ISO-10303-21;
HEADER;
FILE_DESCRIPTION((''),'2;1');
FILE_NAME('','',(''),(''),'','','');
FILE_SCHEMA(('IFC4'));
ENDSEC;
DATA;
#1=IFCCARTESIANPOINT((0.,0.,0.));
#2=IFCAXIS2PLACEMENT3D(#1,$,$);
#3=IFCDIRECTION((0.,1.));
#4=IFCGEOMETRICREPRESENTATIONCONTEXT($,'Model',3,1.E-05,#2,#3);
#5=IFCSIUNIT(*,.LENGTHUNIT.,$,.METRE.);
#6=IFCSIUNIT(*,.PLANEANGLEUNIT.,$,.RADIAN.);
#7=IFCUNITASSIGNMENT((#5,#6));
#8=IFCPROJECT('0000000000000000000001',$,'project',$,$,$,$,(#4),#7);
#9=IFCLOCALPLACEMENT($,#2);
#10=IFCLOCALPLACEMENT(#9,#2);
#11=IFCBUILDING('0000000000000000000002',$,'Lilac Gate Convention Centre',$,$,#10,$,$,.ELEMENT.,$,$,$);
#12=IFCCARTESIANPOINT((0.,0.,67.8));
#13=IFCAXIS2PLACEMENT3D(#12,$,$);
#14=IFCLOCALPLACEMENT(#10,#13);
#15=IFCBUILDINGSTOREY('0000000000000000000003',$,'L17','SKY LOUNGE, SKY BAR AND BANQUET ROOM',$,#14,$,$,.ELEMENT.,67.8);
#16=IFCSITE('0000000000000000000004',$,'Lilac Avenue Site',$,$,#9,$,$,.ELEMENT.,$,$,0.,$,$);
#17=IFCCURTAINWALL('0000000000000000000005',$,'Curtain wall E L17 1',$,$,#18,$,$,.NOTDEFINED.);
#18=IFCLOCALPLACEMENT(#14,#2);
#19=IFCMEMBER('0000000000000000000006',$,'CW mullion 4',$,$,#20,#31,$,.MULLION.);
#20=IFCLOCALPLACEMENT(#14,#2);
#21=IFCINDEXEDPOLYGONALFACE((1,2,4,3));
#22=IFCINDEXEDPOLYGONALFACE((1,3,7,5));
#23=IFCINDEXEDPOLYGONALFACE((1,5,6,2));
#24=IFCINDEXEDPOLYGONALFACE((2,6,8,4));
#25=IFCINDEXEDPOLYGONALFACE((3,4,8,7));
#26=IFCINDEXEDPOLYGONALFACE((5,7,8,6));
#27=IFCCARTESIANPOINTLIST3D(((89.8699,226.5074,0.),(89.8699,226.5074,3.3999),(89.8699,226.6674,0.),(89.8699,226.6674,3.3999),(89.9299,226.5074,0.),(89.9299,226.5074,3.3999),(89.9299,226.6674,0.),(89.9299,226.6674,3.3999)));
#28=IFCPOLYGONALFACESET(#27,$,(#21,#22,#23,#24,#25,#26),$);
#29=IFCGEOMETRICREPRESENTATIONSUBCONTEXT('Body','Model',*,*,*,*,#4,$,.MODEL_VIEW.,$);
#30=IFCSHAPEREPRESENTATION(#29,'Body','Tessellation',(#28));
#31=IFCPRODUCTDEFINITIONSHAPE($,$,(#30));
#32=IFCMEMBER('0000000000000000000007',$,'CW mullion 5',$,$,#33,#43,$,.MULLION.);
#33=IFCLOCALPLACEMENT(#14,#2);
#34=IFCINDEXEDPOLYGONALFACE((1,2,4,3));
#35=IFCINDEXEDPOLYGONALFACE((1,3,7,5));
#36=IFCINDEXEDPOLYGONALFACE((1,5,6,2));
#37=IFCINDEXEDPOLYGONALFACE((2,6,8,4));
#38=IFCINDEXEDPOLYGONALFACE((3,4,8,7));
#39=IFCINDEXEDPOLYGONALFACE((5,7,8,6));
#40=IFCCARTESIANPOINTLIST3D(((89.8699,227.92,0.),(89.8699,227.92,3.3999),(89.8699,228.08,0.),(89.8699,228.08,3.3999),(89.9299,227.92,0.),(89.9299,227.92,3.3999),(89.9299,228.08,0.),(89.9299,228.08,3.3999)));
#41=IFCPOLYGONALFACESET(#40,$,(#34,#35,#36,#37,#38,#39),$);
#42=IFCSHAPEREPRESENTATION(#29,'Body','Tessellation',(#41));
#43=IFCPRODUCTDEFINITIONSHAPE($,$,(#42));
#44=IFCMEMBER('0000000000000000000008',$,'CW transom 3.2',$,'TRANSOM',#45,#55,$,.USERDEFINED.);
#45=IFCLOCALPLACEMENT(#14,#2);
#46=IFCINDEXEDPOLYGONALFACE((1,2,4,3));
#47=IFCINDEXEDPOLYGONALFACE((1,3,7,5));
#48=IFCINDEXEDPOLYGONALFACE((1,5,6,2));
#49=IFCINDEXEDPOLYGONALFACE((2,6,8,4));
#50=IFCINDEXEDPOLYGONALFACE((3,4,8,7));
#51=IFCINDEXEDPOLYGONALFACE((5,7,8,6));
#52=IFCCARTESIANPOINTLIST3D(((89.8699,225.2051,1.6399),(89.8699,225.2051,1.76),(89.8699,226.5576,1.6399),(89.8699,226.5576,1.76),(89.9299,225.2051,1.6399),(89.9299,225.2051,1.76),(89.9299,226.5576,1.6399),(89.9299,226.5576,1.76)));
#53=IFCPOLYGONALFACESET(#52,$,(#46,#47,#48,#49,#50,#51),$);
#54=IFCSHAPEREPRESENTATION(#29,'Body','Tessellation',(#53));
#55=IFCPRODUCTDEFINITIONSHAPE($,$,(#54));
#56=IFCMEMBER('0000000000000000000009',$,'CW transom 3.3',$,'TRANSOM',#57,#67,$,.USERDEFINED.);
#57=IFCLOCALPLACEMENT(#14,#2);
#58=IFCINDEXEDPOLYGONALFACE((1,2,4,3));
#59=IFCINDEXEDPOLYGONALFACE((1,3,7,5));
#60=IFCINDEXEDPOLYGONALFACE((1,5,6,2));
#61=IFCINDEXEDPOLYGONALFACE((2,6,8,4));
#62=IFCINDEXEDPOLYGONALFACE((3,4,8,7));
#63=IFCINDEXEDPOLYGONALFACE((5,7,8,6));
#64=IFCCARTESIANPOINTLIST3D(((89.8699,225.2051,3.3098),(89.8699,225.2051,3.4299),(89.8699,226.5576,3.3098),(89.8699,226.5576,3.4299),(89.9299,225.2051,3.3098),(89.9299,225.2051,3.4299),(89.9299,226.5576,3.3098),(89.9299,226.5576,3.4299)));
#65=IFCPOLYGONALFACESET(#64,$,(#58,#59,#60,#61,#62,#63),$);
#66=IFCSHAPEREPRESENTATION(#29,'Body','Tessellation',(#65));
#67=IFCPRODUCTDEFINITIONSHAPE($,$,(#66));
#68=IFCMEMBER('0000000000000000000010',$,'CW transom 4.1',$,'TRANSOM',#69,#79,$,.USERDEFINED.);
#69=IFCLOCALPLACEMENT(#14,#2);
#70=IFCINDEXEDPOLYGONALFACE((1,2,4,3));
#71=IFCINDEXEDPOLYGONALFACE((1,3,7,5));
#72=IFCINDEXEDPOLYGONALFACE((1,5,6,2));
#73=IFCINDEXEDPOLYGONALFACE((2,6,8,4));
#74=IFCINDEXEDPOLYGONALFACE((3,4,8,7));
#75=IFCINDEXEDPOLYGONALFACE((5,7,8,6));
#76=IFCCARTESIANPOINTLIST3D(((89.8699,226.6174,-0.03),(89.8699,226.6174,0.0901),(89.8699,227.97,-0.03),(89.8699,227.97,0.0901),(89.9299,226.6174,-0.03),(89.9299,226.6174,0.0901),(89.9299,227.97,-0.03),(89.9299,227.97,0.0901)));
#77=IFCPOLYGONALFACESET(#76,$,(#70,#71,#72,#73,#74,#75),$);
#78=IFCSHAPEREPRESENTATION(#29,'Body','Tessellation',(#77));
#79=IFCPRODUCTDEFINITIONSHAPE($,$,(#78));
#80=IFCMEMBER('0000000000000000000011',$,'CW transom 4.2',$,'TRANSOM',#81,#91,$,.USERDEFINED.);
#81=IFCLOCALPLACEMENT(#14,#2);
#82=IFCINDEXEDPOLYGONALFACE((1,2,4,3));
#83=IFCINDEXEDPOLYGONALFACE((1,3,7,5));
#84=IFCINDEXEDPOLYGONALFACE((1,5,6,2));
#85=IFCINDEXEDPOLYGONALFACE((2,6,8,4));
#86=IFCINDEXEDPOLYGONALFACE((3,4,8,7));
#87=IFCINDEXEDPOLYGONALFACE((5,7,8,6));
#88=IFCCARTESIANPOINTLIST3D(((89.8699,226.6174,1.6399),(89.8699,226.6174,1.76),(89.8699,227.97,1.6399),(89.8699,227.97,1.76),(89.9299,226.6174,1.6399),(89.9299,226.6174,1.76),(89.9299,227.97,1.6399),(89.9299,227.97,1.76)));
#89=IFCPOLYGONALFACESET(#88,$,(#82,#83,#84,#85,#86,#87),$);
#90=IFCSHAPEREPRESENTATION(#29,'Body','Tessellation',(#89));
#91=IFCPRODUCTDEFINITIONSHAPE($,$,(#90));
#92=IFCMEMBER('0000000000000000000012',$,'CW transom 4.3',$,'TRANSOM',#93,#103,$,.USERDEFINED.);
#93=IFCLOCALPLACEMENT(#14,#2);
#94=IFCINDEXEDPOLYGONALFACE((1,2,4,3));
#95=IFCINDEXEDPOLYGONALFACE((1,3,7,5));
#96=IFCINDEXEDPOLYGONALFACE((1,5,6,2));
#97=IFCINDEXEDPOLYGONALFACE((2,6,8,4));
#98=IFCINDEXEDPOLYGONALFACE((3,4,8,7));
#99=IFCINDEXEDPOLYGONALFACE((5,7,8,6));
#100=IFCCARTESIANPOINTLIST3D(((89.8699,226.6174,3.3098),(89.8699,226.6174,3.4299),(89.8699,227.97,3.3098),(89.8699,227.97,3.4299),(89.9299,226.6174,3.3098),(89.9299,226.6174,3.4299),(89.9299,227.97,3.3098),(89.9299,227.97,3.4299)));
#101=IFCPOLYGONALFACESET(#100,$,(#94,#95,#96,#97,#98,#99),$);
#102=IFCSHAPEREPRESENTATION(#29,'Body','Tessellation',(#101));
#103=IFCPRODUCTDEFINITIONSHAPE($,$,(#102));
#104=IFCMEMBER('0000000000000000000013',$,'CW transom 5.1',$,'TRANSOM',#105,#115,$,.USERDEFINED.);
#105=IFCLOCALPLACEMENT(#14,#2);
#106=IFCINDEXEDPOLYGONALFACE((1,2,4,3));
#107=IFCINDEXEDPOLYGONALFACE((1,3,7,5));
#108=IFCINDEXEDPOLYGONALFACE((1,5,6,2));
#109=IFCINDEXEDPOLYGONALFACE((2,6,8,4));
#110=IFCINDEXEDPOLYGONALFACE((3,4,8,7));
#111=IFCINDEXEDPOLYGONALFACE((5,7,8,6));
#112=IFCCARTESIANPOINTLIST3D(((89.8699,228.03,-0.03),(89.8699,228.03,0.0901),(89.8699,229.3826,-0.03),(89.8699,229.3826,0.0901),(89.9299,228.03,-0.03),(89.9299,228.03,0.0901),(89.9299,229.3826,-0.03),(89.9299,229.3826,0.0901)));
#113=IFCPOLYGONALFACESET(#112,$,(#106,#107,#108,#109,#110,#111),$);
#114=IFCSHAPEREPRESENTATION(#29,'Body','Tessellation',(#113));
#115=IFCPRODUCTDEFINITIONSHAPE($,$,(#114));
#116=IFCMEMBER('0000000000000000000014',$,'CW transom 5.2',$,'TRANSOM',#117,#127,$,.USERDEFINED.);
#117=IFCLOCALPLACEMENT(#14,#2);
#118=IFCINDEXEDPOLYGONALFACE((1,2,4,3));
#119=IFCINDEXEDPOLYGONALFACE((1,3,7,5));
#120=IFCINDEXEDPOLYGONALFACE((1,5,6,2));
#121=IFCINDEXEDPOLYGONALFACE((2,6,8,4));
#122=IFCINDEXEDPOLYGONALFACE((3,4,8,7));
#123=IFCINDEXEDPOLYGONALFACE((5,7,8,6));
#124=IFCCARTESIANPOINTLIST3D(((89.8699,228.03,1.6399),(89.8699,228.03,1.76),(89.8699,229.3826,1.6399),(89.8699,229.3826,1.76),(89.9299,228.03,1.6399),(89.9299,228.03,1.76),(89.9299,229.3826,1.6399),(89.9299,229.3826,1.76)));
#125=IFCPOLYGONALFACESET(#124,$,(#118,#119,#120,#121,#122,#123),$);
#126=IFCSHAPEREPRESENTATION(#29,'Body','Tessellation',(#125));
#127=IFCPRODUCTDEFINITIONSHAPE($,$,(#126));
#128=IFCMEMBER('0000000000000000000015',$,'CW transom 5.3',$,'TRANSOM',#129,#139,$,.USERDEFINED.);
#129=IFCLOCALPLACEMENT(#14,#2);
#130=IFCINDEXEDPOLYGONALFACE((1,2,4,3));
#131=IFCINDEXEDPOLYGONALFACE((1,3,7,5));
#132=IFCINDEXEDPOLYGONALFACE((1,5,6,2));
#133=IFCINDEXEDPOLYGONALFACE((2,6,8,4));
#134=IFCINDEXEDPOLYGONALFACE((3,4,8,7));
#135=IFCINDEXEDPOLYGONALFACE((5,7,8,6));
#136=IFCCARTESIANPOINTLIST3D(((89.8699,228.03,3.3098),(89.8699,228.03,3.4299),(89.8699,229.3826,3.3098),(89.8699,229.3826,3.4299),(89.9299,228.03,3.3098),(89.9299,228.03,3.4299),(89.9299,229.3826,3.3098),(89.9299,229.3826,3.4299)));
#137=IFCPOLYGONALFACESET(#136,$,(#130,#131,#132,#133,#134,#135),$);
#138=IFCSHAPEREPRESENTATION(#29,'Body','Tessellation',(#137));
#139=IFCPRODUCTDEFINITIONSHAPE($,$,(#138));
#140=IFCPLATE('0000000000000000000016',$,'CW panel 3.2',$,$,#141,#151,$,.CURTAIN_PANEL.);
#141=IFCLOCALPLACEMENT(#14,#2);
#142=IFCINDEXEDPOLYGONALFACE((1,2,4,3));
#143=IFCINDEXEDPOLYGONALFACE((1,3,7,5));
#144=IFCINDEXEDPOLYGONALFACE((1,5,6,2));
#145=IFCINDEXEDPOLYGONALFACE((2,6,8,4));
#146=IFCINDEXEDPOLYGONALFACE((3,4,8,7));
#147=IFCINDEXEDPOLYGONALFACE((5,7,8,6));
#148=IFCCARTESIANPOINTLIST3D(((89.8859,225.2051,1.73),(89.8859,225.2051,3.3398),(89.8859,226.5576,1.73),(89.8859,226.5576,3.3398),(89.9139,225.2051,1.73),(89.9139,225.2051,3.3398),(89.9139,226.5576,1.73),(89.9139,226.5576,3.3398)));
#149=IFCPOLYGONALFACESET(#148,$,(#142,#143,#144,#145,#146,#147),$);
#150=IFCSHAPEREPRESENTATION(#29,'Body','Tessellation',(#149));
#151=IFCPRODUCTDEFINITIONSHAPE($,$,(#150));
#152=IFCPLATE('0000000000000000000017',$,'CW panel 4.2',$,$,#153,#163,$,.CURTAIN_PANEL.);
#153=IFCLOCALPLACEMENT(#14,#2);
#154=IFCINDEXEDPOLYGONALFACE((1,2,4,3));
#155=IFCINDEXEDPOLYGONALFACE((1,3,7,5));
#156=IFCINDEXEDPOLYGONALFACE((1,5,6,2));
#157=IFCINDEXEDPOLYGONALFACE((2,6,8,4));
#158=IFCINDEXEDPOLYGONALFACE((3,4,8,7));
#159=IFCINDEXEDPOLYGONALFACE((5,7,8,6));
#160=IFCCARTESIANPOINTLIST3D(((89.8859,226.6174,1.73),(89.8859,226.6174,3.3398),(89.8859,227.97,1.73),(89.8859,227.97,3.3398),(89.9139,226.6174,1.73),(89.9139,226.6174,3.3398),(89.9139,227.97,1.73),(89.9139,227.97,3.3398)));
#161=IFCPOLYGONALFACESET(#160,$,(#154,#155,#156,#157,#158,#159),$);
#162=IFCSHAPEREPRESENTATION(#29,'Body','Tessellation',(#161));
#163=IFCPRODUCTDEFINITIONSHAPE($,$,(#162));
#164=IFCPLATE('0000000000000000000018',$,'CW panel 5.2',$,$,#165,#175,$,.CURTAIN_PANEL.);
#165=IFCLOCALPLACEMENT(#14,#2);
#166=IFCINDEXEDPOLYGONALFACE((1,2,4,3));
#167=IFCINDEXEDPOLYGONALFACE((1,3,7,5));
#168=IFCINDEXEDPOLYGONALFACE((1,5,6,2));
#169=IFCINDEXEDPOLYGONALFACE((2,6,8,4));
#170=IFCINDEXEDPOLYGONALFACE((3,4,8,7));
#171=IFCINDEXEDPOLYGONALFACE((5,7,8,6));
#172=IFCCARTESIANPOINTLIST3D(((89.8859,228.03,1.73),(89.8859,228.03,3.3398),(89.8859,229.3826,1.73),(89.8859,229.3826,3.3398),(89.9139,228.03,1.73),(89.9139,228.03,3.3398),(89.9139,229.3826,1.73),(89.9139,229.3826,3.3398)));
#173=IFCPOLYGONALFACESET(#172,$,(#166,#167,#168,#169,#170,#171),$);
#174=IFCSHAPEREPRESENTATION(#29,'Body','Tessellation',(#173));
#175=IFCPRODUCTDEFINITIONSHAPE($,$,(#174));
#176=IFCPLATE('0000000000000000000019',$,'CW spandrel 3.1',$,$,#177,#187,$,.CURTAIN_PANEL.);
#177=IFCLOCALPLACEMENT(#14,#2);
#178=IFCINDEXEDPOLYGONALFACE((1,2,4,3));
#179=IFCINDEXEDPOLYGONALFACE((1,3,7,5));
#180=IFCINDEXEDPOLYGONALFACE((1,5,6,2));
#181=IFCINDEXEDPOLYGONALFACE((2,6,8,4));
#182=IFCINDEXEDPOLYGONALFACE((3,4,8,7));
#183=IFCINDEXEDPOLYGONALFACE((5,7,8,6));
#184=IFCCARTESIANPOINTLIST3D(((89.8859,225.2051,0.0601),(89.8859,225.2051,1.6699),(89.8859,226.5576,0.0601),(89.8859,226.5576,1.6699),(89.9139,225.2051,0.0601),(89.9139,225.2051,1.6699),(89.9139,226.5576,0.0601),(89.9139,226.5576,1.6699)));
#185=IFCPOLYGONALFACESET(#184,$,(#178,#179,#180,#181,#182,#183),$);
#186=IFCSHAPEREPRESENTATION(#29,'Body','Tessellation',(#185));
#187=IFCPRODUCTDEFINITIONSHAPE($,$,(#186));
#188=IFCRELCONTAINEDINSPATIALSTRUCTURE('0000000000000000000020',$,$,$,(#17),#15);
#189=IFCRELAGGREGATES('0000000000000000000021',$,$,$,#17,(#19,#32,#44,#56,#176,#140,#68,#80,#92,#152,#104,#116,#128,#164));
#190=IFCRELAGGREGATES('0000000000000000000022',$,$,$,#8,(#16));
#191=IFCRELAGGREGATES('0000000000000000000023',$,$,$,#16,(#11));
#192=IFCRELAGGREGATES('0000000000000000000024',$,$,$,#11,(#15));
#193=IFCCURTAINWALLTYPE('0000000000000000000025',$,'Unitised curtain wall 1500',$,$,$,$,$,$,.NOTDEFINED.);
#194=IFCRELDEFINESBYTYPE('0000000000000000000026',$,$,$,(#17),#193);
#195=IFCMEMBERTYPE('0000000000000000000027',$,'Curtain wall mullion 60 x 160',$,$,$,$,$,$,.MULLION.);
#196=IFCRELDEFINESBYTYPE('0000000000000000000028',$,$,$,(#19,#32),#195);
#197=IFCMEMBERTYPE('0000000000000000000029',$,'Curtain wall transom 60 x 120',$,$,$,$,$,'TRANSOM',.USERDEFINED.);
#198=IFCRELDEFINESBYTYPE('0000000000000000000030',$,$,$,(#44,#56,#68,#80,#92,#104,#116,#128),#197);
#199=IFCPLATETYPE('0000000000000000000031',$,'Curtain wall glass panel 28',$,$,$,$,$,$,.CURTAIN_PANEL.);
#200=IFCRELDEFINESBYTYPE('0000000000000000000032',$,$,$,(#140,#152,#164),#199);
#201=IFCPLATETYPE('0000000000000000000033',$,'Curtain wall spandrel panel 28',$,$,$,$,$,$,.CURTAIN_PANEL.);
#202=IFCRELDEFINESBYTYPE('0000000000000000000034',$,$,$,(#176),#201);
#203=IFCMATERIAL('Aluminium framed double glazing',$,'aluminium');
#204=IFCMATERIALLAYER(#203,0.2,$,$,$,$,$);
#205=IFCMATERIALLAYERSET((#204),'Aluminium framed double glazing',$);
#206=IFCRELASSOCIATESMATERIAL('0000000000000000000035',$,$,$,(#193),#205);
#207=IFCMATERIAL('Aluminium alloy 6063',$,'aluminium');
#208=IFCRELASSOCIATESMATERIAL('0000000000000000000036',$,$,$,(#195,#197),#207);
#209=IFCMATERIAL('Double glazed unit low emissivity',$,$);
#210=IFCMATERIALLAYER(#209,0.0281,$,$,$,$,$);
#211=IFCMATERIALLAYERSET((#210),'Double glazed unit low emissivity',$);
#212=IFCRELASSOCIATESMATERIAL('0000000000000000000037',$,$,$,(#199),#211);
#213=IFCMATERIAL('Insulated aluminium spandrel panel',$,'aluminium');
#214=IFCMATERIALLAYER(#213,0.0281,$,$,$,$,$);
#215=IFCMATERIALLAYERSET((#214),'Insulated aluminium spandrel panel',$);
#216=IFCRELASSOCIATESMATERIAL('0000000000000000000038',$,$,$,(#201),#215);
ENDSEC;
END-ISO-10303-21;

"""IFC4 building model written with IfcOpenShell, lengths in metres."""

from ifc_helpers import new_model, si_unit, direction, frame, origin, origin_2d, place, context, subcontext, project, spatial, rectangle, extrude, material, layer, layer_set, material_profile, profile_set, type_object, element, aggregate, save


model = new_model("IFC4")

# Units and contexts
model_context = context("Model", 3, precision=1e-05, world=origin(), true_north=direction((0.0, 1.0)))
body_context = subcontext(model_context, "Body", "Model", "MODEL_VIEW")
ifc_project = project(units=[si_unit("LENGTHUNIT", "METRE"), si_unit("PLANEANGLEUNIT", "RADIAN")], contexts=[model_context])

# Site, building, storey
site_placement = place(None, origin())
site = spatial("IfcSite", under=ifc_project, at=site_placement, Name="Lilac Avenue Site", CompositionType="ELEMENT", RefElevation=0.0)
building_placement = place(site_placement, origin())
building = spatial("IfcBuilding", under=site, at=building_placement, Name="Lilac Gate Convention Centre", CompositionType="ELEMENT")
storey_placement = place(building_placement, frame((0.0, 0.0, 67.8)))
storey = spatial("IfcBuildingStorey", under=building, at=storey_placement, Name="L17", Description="SKY LOUNGE, SKY BAR AND BANQUET ROOM", CompositionType="ELEMENT", Elevation=67.8)

# Curtain wall, members, plates
ifc_material_1 = material(Name="Aluminium framed double glazing", Category="aluminium")
ifc_layer_1 = layer(ifc_material_1, 0.2)
ifc_layer_set_1 = layer_set([ifc_layer_1], Name="Aluminium framed double glazing")
curtain_wall_type = type_object("IfcCurtainWallType", Name="Unitised curtain wall 1500", PredefinedType="NOTDEFINED", material=ifc_layer_set_1)
curtain_wall_placement = place(storey_placement, origin())
curtain_wall = element("IfcCurtainWall", 1, at=curtain_wall_placement, inside=storey, type_object=curtain_wall_type, Name="Curtain wall E L17 1", PredefinedType="NOTDEFINED")
ifc_material_2 = material(Name="Aluminium alloy 6063", Category="aluminium")
ifc_material_profile_1 = material_profile(ifc_material_2, rectangle(XDim=0.0601, YDim=0.1599, at=origin_2d()), Name="Curtain wall mullion 60 x 160")
ifc_profile_set_1 = profile_set([ifc_material_profile_1], Name="Aluminium alloy 6063")
member_type_1 = type_object("IfcMemberType", Name="Curtain wall mullion 60 x 160", PredefinedType="MULLION", material=ifc_profile_set_1)
member_1_placement = place(storey_placement, frame((89.8999, 226.5874, 0.0), z_axis=(0.0, 0.0, 1.0), x_axis=(-1.0, 0.0, 0.0)))
member_1 = element("IfcMember", 2, at=member_1_placement, type_object=member_type_1, Name="CW mullion 4", PredefinedType="MULLION", context=body_context, shape_type="SweptSolid", body=[
    extrude(rectangle(XDim=0.0601, YDim=0.1599, at=origin_2d()), origin(), (0.0, 0.0, 1.0), 3.3999),
])
member_2_placement = place(storey_placement, frame((89.8999, 228.0, 0.0), z_axis=(0.0, 0.0, 1.0), x_axis=(-1.0, 0.0, 0.0)))
member_2 = element("IfcMember", 3, at=member_2_placement, type_object=member_type_1, Name="CW mullion 5", PredefinedType="MULLION", context=body_context, shape_type="SweptSolid", body=[
    extrude(rectangle(XDim=0.0601, YDim=0.1599, at=origin_2d()), origin(), (0.0, 0.0, 1.0), 3.3999),
])
ifc_material_profile_2 = material_profile(ifc_material_2, rectangle(XDim=0.0601, YDim=0.1201, at=origin_2d()), Name="Curtain wall transom 60 x 120")
ifc_profile_set_2 = profile_set([ifc_material_profile_2], Name="Aluminium alloy 6063")
member_type_2 = type_object("IfcMemberType", Name="Curtain wall transom 60 x 120", ElementType="TRANSOM", PredefinedType="USERDEFINED", material=ifc_profile_set_2)
member_3_placement = place(storey_placement, frame((89.8999, 225.2051, 1.7), z_axis=(0.0, 1.0, 0.0), x_axis=(-1.0, 0.0, 0.0)))
member_3 = element("IfcMember", 4, at=member_3_placement, type_object=member_type_2, Name="CW transom 3.2", ObjectType="TRANSOM", PredefinedType="USERDEFINED", context=body_context, shape_type="SweptSolid", body=[
    extrude(rectangle(XDim=0.0601, YDim=0.1201, at=origin_2d()), origin(), (0.0, 0.0, 1.0), 1.3525),
])
member_4_placement = place(storey_placement, frame((89.8999, 225.2051, 3.3699), z_axis=(0.0, 1.0, 0.0), x_axis=(-1.0, 0.0, 0.0)))
member_4 = element("IfcMember", 5, at=member_4_placement, type_object=member_type_2, Name="CW transom 3.3", ObjectType="TRANSOM", PredefinedType="USERDEFINED", context=body_context, shape_type="SweptSolid", body=[
    extrude(rectangle(XDim=0.0601, YDim=0.1201, at=origin_2d()), origin(), (0.0, 0.0, 1.0), 1.3525),
])
member_5_placement = place(storey_placement, frame((89.8999, 226.6174, 0.03), z_axis=(0.0, 1.0, 0.0), x_axis=(-1.0, 0.0, 0.0)))
member_5 = element("IfcMember", 6, at=member_5_placement, type_object=member_type_2, Name="CW transom 4.1", ObjectType="TRANSOM", PredefinedType="USERDEFINED", context=body_context, shape_type="SweptSolid", body=[
    extrude(rectangle(XDim=0.0601, YDim=0.1201, at=origin_2d()), origin(), (0.0, 0.0, 1.0), 1.3525),
])
member_6_placement = place(storey_placement, frame((89.8999, 226.6174, 1.7), z_axis=(0.0, 1.0, 0.0), x_axis=(-1.0, 0.0, 0.0)))
member_6 = element("IfcMember", 7, at=member_6_placement, type_object=member_type_2, Name="CW transom 4.2", ObjectType="TRANSOM", PredefinedType="USERDEFINED", context=body_context, shape_type="SweptSolid", body=[
    extrude(rectangle(XDim=0.0601, YDim=0.1201, at=origin_2d()), origin(), (0.0, 0.0, 1.0), 1.3525),
])
member_7_placement = place(storey_placement, frame((89.8999, 226.6174, 3.3699), z_axis=(0.0, 1.0, 0.0), x_axis=(-1.0, 0.0, 0.0)))
member_7 = element("IfcMember", 8, at=member_7_placement, type_object=member_type_2, Name="CW transom 4.3", ObjectType="TRANSOM", PredefinedType="USERDEFINED", context=body_context, shape_type="SweptSolid", body=[
    extrude(rectangle(XDim=0.0601, YDim=0.1201, at=origin_2d()), origin(), (0.0, 0.0, 1.0), 1.3525),
])
member_8_placement = place(storey_placement, frame((89.8999, 228.03, 0.03), z_axis=(0.0, 1.0, 0.0), x_axis=(-1.0, 0.0, 0.0)))
member_8 = element("IfcMember", 9, at=member_8_placement, type_object=member_type_2, Name="CW transom 5.1", ObjectType="TRANSOM", PredefinedType="USERDEFINED", context=body_context, shape_type="SweptSolid", body=[
    extrude(rectangle(XDim=0.0601, YDim=0.1201, at=origin_2d()), origin(), (0.0, 0.0, 1.0), 1.3525),
])
member_9_placement = place(storey_placement, frame((89.8999, 228.03, 1.7), z_axis=(0.0, 1.0, 0.0), x_axis=(-1.0, 0.0, 0.0)))
member_9 = element("IfcMember", 10, at=member_9_placement, type_object=member_type_2, Name="CW transom 5.2", ObjectType="TRANSOM", PredefinedType="USERDEFINED", context=body_context, shape_type="SweptSolid", body=[
    extrude(rectangle(XDim=0.0601, YDim=0.1201, at=origin_2d()), origin(), (0.0, 0.0, 1.0), 1.3525),
])
member_10_placement = place(storey_placement, frame((89.8999, 228.03, 3.3699), z_axis=(0.0, 1.0, 0.0), x_axis=(-1.0, 0.0, 0.0)))
member_10 = element("IfcMember", 11, at=member_10_placement, type_object=member_type_2, Name="CW transom 5.3", ObjectType="TRANSOM", PredefinedType="USERDEFINED", context=body_context, shape_type="SweptSolid", body=[
    extrude(rectangle(XDim=0.0601, YDim=0.1201, at=origin_2d()), origin(), (0.0, 0.0, 1.0), 1.3525),
])
ifc_material_3 = material(Name="Double glazed unit low emissivity")
ifc_layer_2 = layer(ifc_material_3, 0.0281)
ifc_layer_set_2 = layer_set([ifc_layer_2], Name="Double glazed unit low emissivity")
plate_type_1 = type_object("IfcPlateType", Name="Curtain wall glass panel 28", PredefinedType="CURTAIN_PANEL", material=ifc_layer_set_2)
plate_1_placement = place(storey_placement, frame((89.8999, 225.8813, 1.73), z_axis=(0.0, 0.0, 1.0), x_axis=(0.0, 1.0, 0.0)))
plate_1 = element("IfcPlate", 12, at=plate_1_placement, type_object=plate_type_1, Name="CW panel 3.2", PredefinedType="CURTAIN_PANEL", context=body_context, shape_type="SweptSolid", body=[
    extrude(rectangle(XDim=1.3525, YDim=0.0281, at=origin_2d()), origin(), (0.0, 0.0, 1.0), 1.6099),
])
plate_2_placement = place(storey_placement, frame((89.8999, 227.2937, 1.73), z_axis=(0.0, 0.0, 1.0), x_axis=(0.0, 1.0, 0.0)))
plate_2 = element("IfcPlate", 13, at=plate_2_placement, type_object=plate_type_1, Name="CW panel 4.2", PredefinedType="CURTAIN_PANEL", context=body_context, shape_type="SweptSolid", body=[
    extrude(rectangle(XDim=1.3525, YDim=0.0281, at=origin_2d()), origin(), (0.0, 0.0, 1.0), 1.6099),
])
plate_3_placement = place(storey_placement, frame((89.8999, 228.7063, 1.73), z_axis=(0.0, 0.0, 1.0), x_axis=(0.0, 1.0, 0.0)))
plate_3 = element("IfcPlate", 14, at=plate_3_placement, type_object=plate_type_1, Name="CW panel 5.2", PredefinedType="CURTAIN_PANEL", context=body_context, shape_type="SweptSolid", body=[
    extrude(rectangle(XDim=1.3525, YDim=0.0281, at=origin_2d()), origin(), (0.0, 0.0, 1.0), 1.6099),
])
ifc_material_4 = material(Name="Insulated aluminium spandrel panel", Category="aluminium")
ifc_layer_3 = layer(ifc_material_4, 0.0281)
ifc_layer_set_3 = layer_set([ifc_layer_3], Name="Insulated aluminium spandrel panel")
plate_type_2 = type_object("IfcPlateType", Name="Curtain wall spandrel panel 28", PredefinedType="CURTAIN_PANEL", material=ifc_layer_set_3)
plate_4_placement = place(storey_placement, frame((89.8999, 225.8813, 0.0601), z_axis=(0.0, 0.0, 1.0), x_axis=(0.0, 1.0, 0.0)))
plate_4 = element("IfcPlate", 15, at=plate_4_placement, type_object=plate_type_2, Name="CW spandrel 3.1", PredefinedType="CURTAIN_PANEL", context=body_context, shape_type="SweptSolid", body=[
    extrude(rectangle(XDim=1.3525, YDim=0.0281, at=origin_2d()), origin(), (0.0, 0.0, 1.0), 1.6099),
])
aggregate(curtain_wall, [member_1, member_2, member_3, member_4, plate_4, plate_1, member_5, member_6, member_7, plate_2, member_8, member_9, member_10, plate_3])

save(model, "model.ifc")
